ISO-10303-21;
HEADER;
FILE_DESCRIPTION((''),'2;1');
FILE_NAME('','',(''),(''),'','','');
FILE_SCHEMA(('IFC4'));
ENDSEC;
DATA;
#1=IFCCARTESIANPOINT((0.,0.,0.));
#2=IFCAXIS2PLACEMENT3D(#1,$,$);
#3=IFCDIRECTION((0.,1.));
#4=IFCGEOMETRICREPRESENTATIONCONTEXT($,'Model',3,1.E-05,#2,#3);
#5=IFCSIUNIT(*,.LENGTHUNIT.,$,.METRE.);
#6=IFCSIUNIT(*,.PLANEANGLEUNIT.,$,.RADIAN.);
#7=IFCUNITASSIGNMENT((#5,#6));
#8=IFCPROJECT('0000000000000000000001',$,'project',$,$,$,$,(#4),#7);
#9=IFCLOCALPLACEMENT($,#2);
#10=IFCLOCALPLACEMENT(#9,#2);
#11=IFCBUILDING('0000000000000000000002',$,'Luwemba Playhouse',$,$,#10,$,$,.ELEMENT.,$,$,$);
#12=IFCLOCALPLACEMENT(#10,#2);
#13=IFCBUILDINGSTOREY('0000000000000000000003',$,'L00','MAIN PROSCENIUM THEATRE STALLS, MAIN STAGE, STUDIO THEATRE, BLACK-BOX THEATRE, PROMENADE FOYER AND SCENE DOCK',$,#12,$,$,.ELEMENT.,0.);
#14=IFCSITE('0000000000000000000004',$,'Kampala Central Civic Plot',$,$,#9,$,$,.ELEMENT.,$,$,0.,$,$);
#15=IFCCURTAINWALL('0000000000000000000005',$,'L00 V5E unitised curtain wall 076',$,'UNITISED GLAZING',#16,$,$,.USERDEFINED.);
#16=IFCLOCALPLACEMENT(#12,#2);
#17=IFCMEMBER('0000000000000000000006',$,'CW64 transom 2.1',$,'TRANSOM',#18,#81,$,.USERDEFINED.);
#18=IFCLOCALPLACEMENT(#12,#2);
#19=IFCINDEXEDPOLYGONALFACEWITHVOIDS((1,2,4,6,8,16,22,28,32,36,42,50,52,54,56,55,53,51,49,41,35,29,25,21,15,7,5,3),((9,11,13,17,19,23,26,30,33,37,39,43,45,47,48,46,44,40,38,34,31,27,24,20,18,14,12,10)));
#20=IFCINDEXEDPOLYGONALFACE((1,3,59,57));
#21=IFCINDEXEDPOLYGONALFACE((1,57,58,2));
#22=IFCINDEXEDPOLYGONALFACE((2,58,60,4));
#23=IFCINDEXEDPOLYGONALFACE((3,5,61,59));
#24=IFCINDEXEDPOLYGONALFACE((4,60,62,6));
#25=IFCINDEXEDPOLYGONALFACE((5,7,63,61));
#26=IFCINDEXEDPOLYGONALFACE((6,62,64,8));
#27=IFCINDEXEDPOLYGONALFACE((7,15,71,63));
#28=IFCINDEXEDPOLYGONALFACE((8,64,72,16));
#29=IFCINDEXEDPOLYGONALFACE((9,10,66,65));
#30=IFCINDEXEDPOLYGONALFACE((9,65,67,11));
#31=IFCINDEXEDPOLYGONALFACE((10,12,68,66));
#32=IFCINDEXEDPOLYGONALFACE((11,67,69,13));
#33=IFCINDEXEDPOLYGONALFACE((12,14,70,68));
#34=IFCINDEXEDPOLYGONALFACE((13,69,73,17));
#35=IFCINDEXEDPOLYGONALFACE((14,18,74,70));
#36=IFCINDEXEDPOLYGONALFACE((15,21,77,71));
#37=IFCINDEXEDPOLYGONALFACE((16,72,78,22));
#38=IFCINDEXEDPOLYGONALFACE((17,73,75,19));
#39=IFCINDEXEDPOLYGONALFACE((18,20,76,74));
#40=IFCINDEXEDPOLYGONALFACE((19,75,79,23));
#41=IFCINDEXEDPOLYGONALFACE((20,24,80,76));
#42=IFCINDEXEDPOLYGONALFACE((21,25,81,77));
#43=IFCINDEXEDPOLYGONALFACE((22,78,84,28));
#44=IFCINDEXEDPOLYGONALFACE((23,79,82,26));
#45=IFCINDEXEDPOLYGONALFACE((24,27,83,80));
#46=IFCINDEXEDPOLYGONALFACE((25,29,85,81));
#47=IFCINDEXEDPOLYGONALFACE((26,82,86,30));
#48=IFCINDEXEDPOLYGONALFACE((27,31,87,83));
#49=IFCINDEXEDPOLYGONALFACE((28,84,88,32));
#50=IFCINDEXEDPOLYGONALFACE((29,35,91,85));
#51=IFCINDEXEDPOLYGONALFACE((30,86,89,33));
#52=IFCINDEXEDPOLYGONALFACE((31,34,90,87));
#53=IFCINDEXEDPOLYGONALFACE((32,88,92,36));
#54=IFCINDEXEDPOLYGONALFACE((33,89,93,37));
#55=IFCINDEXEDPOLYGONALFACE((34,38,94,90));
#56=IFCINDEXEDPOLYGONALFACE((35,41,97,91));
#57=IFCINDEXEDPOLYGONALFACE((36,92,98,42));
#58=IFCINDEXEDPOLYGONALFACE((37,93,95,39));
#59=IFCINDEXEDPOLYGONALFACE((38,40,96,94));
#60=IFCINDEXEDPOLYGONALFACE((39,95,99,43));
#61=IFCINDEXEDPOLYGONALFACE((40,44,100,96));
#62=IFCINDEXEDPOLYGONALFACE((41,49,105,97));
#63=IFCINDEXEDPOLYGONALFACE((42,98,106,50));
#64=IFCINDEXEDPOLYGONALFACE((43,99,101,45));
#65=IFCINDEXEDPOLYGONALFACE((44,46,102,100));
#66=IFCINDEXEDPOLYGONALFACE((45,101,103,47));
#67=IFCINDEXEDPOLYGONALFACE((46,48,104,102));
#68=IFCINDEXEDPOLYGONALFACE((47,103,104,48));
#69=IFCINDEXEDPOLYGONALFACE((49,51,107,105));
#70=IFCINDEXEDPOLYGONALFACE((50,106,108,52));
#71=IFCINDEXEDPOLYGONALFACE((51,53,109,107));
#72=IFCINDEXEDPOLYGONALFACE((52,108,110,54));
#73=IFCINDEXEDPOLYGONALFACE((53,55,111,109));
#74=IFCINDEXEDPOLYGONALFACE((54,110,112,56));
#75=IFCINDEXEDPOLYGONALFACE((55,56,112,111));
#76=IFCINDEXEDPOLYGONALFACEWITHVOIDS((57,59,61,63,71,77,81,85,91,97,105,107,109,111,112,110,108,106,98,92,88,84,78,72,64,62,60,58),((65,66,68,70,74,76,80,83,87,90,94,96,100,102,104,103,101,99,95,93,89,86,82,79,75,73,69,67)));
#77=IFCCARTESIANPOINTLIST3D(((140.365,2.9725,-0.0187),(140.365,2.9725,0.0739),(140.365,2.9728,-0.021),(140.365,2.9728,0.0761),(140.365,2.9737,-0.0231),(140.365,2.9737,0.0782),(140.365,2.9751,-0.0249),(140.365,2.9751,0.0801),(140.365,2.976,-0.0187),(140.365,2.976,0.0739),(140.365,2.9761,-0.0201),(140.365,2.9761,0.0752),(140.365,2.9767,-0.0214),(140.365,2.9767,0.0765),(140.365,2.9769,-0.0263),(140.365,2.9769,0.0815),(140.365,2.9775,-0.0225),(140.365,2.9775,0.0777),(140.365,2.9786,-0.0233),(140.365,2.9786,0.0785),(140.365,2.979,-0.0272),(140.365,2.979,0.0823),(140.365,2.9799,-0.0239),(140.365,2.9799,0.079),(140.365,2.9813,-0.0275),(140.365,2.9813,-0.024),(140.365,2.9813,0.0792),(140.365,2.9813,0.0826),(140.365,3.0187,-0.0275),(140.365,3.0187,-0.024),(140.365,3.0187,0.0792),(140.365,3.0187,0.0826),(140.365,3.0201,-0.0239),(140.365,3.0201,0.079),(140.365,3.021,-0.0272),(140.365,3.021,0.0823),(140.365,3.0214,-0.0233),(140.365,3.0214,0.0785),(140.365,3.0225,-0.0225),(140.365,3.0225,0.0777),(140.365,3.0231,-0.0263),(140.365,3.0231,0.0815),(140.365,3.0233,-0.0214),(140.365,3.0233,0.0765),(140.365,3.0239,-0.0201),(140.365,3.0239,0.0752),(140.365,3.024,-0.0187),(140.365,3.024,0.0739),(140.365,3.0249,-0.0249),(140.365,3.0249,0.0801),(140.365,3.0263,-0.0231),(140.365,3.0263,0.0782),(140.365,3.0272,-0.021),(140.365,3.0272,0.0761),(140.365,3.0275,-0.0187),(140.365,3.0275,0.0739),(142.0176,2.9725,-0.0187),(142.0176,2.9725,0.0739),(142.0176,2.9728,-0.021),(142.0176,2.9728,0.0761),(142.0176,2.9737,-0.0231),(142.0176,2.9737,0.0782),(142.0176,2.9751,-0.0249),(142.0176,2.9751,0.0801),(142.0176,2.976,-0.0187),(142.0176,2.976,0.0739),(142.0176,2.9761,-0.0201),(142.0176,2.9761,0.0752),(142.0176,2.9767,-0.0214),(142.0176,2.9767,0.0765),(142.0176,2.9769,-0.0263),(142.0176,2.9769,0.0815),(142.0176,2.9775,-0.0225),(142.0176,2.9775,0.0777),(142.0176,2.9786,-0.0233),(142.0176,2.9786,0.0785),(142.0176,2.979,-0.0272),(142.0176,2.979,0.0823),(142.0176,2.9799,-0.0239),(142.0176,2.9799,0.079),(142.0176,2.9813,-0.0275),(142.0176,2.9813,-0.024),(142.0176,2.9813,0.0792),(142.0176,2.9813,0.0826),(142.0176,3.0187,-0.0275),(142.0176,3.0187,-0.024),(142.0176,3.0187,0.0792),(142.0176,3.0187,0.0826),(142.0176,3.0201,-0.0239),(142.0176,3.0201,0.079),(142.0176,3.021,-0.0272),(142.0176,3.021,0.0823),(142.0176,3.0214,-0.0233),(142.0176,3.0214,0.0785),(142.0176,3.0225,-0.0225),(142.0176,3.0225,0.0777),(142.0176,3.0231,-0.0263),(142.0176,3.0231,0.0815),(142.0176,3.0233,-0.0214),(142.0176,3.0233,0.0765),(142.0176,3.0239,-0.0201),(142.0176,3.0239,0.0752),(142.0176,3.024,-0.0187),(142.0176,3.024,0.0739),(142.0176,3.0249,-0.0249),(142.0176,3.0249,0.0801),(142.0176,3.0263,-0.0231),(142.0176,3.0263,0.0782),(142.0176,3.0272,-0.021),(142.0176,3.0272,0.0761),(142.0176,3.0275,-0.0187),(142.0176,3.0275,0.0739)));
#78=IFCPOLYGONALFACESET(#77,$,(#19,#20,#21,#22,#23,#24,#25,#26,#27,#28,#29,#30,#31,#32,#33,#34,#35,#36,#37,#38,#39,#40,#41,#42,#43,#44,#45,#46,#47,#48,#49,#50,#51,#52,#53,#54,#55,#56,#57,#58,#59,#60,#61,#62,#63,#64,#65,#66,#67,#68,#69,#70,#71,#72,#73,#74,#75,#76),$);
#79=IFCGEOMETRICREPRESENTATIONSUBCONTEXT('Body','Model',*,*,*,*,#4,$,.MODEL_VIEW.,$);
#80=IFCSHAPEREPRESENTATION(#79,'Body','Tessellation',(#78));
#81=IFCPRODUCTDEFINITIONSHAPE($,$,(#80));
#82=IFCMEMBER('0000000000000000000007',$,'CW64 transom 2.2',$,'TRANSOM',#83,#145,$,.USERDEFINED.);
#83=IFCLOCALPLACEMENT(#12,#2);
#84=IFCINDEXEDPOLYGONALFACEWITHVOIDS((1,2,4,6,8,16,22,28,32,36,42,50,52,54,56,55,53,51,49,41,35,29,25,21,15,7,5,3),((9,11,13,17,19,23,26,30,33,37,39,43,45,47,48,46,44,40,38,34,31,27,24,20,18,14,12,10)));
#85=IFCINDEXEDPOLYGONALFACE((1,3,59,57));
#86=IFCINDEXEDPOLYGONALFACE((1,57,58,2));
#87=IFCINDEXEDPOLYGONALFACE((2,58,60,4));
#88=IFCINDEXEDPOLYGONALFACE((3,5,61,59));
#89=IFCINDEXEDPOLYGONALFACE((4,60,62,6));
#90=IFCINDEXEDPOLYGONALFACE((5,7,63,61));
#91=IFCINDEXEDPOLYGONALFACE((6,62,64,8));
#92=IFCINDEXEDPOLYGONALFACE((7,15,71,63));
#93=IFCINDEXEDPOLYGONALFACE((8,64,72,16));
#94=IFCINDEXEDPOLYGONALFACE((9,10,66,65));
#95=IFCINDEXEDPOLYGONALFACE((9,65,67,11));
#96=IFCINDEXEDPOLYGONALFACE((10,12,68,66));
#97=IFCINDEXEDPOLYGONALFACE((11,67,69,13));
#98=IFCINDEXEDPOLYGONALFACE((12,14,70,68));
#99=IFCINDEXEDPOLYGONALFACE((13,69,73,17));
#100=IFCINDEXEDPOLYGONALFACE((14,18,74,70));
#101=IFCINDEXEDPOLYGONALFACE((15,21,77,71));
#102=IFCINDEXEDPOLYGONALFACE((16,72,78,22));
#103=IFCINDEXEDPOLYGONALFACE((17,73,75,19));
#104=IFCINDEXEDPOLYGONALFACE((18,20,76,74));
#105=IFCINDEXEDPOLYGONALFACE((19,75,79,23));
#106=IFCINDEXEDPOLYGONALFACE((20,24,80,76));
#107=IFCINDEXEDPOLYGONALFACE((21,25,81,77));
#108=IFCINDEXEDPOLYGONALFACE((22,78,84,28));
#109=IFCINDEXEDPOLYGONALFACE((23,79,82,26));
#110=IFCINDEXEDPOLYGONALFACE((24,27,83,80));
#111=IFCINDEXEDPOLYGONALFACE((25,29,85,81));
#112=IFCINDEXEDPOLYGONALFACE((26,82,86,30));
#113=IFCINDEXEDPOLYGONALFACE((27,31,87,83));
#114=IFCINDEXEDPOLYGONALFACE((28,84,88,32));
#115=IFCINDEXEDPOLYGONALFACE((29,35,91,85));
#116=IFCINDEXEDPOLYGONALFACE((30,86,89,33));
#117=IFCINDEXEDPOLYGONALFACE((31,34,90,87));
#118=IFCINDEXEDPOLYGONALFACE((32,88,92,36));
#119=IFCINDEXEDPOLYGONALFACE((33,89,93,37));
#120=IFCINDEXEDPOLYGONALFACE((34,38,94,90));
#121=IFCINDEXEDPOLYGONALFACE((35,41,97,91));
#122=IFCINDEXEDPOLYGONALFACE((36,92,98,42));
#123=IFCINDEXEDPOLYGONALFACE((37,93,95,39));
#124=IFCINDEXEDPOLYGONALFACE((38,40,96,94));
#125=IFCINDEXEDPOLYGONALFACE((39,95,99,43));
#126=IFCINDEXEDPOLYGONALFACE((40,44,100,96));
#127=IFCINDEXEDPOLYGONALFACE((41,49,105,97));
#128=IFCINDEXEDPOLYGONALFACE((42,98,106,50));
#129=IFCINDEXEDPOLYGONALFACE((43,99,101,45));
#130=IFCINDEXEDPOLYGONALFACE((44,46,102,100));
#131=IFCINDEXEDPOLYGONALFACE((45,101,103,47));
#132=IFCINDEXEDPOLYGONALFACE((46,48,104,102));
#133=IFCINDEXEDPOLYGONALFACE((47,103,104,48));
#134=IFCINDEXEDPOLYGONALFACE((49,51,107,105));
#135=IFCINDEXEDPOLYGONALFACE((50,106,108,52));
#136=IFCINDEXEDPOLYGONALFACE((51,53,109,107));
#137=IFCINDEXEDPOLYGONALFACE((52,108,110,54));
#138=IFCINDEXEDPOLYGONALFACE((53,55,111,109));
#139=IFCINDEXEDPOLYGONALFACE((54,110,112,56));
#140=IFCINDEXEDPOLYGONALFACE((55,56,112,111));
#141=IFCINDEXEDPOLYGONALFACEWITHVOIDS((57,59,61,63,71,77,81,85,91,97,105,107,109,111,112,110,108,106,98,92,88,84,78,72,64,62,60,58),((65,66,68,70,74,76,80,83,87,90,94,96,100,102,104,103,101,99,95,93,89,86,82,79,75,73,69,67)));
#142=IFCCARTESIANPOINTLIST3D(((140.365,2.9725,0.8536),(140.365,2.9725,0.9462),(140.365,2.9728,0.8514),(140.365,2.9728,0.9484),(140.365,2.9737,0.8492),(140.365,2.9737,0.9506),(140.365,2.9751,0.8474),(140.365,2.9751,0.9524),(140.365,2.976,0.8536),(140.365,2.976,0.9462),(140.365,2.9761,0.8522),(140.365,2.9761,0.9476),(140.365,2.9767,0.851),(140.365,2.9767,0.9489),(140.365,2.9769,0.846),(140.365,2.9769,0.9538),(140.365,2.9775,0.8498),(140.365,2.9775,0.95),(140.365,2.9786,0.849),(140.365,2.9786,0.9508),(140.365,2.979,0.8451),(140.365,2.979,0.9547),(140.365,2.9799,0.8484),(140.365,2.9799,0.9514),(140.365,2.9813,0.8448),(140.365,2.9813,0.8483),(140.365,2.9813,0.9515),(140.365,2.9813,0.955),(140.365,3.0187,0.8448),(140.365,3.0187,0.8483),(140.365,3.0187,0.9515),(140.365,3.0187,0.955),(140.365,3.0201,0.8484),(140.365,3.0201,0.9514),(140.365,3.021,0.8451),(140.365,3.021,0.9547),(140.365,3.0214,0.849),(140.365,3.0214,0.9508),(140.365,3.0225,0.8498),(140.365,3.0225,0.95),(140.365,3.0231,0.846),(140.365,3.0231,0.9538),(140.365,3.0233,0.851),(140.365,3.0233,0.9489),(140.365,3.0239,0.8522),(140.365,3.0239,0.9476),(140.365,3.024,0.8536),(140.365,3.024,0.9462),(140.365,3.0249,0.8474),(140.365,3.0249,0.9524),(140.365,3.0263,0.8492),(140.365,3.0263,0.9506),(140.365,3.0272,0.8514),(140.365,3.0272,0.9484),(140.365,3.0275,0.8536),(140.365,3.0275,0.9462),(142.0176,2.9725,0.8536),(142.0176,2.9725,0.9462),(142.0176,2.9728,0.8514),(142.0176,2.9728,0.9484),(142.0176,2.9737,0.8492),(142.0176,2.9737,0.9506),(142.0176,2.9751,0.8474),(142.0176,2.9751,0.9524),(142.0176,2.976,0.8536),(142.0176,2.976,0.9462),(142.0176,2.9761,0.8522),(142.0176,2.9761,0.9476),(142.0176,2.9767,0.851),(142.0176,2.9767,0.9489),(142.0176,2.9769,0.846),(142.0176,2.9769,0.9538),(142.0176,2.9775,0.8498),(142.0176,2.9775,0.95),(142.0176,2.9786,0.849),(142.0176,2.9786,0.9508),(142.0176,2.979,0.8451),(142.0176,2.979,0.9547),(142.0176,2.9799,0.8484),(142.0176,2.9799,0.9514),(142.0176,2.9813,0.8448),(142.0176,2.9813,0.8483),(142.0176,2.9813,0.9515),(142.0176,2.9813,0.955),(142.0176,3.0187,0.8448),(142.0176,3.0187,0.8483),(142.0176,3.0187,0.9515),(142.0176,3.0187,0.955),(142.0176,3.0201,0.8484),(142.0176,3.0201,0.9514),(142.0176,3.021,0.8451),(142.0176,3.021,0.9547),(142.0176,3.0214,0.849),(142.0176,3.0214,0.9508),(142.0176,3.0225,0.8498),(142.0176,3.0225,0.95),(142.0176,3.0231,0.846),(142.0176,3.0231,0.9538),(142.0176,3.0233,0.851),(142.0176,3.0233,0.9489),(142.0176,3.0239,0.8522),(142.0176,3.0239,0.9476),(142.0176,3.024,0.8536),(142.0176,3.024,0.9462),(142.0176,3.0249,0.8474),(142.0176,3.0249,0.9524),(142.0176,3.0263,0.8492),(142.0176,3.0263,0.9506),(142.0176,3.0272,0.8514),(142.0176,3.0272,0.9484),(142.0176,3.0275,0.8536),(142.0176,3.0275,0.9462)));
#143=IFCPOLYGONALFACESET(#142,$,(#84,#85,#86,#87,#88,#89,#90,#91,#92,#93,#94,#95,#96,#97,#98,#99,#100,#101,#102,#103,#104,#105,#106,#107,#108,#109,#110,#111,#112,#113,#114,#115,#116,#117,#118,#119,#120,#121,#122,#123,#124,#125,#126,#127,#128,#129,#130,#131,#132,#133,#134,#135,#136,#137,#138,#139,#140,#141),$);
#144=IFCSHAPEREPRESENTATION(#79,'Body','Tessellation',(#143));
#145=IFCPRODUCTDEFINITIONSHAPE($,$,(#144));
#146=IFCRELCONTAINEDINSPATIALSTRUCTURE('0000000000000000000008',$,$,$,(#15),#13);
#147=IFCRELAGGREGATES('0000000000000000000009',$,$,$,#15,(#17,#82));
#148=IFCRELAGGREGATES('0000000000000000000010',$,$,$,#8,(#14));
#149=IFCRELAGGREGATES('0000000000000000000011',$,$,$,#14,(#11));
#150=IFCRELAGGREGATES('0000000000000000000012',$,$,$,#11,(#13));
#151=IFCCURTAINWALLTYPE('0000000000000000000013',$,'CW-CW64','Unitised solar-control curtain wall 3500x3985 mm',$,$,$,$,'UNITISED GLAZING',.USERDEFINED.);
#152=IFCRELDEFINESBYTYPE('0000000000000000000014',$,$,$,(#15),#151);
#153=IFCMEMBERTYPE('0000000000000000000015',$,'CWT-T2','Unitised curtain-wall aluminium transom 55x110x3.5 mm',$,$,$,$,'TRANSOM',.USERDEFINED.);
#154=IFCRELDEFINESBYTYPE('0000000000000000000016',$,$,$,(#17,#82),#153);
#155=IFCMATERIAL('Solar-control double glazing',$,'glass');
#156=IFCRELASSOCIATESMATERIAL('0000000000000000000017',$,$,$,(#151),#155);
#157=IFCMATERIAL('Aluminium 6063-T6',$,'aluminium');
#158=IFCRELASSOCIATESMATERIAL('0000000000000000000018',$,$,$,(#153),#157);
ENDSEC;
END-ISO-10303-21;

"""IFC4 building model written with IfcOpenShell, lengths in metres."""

from ifc_helpers import new_model, si_unit, direction, frame, origin, origin_2d, place, context, subcontext, project, spatial, hollow_rectangle, extrude, material, material_profile, profile_set, type_object, element, aggregate, save


model = new_model("IFC4")

# Units and contexts
model_context = context("Model", 3, precision=1e-05, world=origin(), true_north=direction((0.0, 1.0)))
body_context = subcontext(model_context, "Body", "Model", "MODEL_VIEW")
ifc_project = project(units=[si_unit("LENGTHUNIT", "METRE"), si_unit("PLANEANGLEUNIT", "RADIAN")], contexts=[model_context])

# Site, building, storey
site_placement = place(None, origin())
site = spatial("IfcSite", under=ifc_project, at=site_placement, Name="Kampala Central Civic Plot", CompositionType="ELEMENT", RefElevation=0.0)
building_placement = place(site_placement, origin())
building = spatial("IfcBuilding", under=site, at=building_placement, Name="Luwemba Playhouse", CompositionType="ELEMENT")
storey_placement = place(building_placement, origin())
storey = spatial("IfcBuildingStorey", under=building, at=storey_placement, Name="L00", Description="MAIN PROSCENIUM THEATRE STALLS, MAIN STAGE, STUDIO THEATRE, BLACK-BOX THEATRE, PROMENADE FOYER AND SCENE DOCK", CompositionType="ELEMENT", Elevation=0.0)

# Curtain wall, members
ifc_material_1 = material(Name="Solar-control double glazing", Category="glass")
curtain_wall_type = type_object("IfcCurtainWallType", Name="CW-CW64", Description="Unitised solar-control curtain wall 3500x3985 mm", ElementType="UNITISED GLAZING", PredefinedType="USERDEFINED", material=ifc_material_1)
curtain_wall_placement = place(storey_placement, origin())
curtain_wall = element("IfcCurtainWall", 1, at=curtain_wall_placement, inside=storey, type_object=curtain_wall_type, Name="L00 V5E unitised curtain wall 076", ObjectType="UNITISED GLAZING", PredefinedType="USERDEFINED")
ifc_material_2 = material(Name="Aluminium 6063-T6", Category="aluminium")
ifc_material_profile_1 = material_profile(ifc_material_2, hollow_rectangle(XDim=0.0549, YDim=0.1101, WallThickness=0.0034, InnerFilletRadius=0.0054, OuterFilletRadius=0.0088, at=origin_2d()))
ifc_profile_set_1 = profile_set([ifc_material_profile_1], Name="Aluminium 6063-T6")
member_type_1 = type_object("IfcMemberType", Name="CWT-T2", Description="Unitised curtain-wall aluminium transom 55x110x3.5 mm", ElementType="TRANSOM", PredefinedType="USERDEFINED", material=ifc_profile_set_1)
member_1_placement = place(storey_placement, frame((142.0176, 3.0, 0.0276), z_axis=(-1.0, 0.0, 0.0), x_axis=(0.0, -1.0, 0.0)))
member_1 = element("IfcMember", 2, at=member_1_placement, type_object=member_type_1, Name="CW64 transom 2.1", ObjectType="TRANSOM", PredefinedType="USERDEFINED", context=body_context, shape_type="SweptSolid", body=[
    extrude(hollow_rectangle(XDim=0.0549, YDim=0.1101, WallThickness=0.0034, InnerFilletRadius=0.0054, OuterFilletRadius=0.0088, at=origin_2d()), origin(), (0.0, 0.0, 1.0), 1.6526),
])
member_2_placement = place(storey_placement, frame((142.0176, 3.0, 0.8999), z_axis=(-1.0, 0.0, 0.0), x_axis=(0.0, -1.0, 0.0)))
member_2 = element("IfcMember", 3, at=member_2_placement, type_object=member_type_1, Name="CW64 transom 2.2", ObjectType="TRANSOM", PredefinedType="USERDEFINED", context=body_context, shape_type="SweptSolid", body=[
    extrude(hollow_rectangle(XDim=0.0549, YDim=0.1101, WallThickness=0.0034, InnerFilletRadius=0.0054, OuterFilletRadius=0.0088, at=origin_2d()), origin(), (0.0, 0.0, 1.0), 1.6526),
])
aggregate(curtain_wall, [member_1, member_2])

save(model, "model.ifc")
